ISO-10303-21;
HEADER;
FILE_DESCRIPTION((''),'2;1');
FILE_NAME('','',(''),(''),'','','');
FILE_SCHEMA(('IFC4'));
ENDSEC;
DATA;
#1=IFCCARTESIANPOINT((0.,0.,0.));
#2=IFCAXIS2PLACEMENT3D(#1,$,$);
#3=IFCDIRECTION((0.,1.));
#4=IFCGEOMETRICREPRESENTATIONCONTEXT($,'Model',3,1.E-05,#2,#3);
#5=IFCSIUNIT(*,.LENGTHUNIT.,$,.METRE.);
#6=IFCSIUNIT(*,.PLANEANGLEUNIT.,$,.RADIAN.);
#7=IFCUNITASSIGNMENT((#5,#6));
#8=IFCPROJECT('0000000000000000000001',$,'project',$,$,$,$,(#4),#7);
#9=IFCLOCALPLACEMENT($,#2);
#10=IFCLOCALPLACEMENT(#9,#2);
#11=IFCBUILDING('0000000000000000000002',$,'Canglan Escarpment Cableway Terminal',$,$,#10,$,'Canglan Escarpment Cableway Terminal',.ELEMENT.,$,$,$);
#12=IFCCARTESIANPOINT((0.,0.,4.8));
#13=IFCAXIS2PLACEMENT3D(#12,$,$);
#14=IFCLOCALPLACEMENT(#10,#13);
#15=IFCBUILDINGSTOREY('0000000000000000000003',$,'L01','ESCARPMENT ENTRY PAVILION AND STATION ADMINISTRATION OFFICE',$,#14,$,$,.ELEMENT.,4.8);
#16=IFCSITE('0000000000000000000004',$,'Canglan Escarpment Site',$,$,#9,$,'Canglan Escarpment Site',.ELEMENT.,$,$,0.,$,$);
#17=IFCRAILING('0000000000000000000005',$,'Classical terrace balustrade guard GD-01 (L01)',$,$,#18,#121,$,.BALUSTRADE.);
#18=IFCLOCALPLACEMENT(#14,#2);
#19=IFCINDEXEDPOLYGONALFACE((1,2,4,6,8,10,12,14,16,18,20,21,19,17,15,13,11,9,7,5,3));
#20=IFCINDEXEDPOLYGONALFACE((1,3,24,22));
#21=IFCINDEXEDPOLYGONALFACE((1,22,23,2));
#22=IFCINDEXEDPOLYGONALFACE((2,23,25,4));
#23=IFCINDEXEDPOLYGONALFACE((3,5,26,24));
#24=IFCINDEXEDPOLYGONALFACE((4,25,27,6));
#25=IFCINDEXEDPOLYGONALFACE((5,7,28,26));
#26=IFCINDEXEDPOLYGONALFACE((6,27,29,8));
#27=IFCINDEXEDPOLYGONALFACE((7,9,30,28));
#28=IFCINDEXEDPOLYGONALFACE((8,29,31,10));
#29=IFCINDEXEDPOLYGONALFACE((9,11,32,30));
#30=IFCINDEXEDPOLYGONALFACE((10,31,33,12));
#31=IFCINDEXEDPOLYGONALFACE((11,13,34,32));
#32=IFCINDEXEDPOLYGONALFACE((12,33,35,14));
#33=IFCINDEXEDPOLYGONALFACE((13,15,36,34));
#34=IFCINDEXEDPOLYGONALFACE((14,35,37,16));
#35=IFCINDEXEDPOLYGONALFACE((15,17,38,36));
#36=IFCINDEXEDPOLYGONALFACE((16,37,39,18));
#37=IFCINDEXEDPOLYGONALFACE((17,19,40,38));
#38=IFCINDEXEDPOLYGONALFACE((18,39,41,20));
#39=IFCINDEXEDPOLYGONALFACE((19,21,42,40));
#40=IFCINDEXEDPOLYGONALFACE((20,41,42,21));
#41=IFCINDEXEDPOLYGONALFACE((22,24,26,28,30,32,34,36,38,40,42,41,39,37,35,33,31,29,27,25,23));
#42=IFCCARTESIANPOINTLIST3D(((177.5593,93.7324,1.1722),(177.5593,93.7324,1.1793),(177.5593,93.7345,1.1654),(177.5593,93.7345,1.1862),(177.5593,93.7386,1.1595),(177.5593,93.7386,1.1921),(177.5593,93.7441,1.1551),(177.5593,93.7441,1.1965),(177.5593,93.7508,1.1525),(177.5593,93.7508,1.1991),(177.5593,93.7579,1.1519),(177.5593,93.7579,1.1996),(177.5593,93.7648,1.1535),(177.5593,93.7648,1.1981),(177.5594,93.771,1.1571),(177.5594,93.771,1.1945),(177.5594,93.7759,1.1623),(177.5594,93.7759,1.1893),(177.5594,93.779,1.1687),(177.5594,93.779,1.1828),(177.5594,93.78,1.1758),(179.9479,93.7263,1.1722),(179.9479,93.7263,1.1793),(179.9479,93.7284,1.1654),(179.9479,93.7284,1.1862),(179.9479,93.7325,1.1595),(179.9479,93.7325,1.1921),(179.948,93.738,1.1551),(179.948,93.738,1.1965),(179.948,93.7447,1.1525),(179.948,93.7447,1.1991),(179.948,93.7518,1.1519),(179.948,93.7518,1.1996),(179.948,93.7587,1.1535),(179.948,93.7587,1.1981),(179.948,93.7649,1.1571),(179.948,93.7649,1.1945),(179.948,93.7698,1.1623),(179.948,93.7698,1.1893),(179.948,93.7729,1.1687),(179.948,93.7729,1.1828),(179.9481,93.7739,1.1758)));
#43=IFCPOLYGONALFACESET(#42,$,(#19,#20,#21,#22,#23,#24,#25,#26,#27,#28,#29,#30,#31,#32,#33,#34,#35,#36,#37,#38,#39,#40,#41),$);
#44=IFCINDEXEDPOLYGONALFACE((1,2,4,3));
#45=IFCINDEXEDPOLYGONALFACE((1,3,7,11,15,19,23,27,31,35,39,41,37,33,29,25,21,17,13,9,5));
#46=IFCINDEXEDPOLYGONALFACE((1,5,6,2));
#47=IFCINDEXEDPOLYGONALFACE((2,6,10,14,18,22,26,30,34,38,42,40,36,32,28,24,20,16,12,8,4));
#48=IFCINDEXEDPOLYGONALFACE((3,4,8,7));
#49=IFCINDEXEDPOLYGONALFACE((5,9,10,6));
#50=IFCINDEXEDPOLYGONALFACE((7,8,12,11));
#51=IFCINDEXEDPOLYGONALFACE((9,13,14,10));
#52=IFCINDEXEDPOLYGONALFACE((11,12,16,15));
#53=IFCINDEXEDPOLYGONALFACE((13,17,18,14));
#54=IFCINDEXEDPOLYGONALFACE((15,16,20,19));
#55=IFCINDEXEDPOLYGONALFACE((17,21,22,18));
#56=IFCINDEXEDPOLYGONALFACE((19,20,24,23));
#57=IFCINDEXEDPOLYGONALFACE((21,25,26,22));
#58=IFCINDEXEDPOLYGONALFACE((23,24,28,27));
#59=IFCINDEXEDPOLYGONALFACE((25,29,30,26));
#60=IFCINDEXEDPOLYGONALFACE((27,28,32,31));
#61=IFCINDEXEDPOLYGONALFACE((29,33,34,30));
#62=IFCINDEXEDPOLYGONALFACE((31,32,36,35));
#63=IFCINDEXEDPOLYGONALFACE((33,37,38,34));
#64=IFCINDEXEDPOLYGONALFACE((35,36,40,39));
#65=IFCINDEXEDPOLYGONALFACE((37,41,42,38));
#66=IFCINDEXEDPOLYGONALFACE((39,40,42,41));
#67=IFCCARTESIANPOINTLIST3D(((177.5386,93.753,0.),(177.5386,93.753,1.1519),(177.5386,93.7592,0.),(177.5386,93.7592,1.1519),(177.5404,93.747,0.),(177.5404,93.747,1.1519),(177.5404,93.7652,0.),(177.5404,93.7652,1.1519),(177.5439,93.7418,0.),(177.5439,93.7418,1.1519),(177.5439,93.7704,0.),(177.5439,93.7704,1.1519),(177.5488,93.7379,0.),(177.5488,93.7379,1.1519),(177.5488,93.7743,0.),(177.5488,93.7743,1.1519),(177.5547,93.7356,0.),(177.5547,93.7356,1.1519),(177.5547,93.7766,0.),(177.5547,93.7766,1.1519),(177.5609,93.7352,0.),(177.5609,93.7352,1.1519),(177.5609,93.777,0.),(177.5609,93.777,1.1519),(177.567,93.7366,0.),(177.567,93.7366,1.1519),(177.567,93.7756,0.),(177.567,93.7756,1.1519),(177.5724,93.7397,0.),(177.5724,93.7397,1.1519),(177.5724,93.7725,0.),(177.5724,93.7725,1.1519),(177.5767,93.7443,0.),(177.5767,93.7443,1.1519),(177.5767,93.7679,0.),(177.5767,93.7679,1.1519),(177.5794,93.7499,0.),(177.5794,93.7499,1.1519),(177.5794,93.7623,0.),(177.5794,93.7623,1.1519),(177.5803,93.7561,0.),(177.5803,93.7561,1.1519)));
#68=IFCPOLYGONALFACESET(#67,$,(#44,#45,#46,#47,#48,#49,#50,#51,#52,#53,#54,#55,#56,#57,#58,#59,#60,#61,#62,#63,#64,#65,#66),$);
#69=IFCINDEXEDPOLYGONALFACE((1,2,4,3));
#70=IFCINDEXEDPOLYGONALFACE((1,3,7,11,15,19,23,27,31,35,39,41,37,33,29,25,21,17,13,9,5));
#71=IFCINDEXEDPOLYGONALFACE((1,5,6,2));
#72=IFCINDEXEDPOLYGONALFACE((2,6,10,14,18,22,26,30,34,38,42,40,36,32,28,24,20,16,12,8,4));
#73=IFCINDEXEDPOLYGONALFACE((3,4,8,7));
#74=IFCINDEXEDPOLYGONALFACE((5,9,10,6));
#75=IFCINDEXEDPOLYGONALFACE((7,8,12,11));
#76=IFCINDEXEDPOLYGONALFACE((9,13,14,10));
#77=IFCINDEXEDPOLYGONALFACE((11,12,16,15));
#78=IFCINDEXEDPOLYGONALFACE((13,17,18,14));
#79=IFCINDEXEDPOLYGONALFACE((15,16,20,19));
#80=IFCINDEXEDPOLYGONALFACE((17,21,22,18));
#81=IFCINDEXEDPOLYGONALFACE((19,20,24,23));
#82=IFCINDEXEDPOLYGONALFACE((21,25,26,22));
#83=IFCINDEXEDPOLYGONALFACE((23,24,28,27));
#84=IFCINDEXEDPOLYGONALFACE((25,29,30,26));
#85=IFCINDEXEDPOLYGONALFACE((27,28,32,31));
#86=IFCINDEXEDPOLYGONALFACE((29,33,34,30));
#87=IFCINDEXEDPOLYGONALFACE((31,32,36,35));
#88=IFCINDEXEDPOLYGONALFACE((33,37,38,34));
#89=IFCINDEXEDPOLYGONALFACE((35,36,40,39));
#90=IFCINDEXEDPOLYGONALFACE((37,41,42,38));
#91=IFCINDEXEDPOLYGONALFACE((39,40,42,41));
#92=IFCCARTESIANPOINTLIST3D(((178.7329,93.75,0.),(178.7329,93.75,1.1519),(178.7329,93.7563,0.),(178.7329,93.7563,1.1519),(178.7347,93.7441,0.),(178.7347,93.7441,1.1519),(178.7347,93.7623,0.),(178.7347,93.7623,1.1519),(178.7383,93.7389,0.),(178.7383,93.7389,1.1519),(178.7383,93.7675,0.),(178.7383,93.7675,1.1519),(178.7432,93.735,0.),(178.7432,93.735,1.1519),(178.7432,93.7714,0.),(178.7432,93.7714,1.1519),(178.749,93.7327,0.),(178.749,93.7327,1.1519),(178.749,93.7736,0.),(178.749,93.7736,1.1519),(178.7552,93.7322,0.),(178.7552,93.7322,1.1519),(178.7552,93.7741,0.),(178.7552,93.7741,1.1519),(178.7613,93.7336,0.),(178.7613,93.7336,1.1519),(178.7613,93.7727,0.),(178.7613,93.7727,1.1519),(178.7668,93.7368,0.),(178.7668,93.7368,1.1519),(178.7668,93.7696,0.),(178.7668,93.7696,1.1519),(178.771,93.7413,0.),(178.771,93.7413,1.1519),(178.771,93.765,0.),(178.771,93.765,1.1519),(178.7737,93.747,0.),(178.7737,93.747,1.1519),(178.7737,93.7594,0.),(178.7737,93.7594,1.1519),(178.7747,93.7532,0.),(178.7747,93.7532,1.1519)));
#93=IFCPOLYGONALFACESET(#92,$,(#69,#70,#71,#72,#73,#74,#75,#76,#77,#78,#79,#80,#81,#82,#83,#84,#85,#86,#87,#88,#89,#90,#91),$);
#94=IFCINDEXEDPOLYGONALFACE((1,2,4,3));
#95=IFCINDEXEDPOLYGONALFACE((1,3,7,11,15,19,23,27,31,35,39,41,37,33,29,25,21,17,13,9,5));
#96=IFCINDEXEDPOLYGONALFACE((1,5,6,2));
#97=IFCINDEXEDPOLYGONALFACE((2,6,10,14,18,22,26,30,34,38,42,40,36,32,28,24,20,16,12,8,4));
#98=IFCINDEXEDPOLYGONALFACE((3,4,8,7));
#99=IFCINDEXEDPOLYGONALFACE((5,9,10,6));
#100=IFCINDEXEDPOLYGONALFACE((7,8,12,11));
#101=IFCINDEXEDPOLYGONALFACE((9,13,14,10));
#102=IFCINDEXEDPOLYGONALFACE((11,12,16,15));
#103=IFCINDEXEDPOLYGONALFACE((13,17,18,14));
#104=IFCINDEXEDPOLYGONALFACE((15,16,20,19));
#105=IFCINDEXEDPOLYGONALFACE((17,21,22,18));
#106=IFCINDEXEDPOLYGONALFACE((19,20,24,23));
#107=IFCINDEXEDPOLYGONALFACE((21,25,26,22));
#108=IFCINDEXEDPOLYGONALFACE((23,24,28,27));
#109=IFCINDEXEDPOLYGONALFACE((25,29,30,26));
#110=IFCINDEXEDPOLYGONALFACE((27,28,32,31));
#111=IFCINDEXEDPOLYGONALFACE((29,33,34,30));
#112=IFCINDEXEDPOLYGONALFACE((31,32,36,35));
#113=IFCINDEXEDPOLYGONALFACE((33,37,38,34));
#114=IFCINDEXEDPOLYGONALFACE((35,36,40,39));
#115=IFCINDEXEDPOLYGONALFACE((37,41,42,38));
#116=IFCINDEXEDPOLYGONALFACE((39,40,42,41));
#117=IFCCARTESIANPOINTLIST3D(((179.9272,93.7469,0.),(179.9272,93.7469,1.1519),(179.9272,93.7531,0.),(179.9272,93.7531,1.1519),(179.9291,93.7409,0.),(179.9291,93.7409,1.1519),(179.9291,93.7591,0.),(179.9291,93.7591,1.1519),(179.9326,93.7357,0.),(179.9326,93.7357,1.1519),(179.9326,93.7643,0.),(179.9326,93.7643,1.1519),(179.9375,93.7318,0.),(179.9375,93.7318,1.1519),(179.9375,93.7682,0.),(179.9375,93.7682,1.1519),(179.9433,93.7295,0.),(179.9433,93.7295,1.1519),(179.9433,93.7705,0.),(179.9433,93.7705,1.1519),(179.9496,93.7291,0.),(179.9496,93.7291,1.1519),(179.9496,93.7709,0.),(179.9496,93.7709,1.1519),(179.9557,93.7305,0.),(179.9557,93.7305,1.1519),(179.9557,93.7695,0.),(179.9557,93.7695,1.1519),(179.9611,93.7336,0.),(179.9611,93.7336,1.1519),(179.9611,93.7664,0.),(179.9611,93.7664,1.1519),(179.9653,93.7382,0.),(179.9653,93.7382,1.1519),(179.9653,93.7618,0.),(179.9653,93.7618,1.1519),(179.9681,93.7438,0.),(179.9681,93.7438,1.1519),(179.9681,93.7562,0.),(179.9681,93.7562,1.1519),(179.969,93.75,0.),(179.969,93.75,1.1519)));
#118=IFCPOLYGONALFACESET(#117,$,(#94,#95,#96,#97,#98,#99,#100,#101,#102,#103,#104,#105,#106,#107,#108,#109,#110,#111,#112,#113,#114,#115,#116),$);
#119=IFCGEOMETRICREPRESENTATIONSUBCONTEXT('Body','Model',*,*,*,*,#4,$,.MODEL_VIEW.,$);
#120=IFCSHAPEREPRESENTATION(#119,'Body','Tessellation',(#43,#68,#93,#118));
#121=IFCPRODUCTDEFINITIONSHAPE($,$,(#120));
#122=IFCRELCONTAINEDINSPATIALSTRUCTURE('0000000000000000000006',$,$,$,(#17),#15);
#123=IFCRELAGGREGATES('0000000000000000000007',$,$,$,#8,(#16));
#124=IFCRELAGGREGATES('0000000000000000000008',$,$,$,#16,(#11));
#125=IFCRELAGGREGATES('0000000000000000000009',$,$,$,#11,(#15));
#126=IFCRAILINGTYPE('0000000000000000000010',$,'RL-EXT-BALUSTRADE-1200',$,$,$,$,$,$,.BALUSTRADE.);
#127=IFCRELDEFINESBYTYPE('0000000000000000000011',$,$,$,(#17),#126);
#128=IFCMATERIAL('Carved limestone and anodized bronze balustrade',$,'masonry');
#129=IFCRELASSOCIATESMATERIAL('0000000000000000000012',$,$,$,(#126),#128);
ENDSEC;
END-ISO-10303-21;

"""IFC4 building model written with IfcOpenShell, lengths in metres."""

from ifc_helpers import new_model, si_unit, direction, frame, origin, origin_2d, place, context, subcontext, project, spatial, circle, extrude, material, type_object, element, save


model = new_model("IFC4")

# Units and contexts
model_context = context("Model", 3, precision=1e-05, world=origin(), true_north=direction((0.0, 1.0)))
body_context = subcontext(model_context, "Body", "Model", "MODEL_VIEW")
ifc_project = project(units=[si_unit("LENGTHUNIT", "METRE"), si_unit("PLANEANGLEUNIT", "RADIAN")], contexts=[model_context])

# Site, building, storey
site_placement = place(None, origin())
site = spatial("IfcSite", under=ifc_project, at=site_placement, Name="Canglan Escarpment Site", LongName="Canglan Escarpment Site", CompositionType="ELEMENT", RefElevation=0.0)
building_placement = place(site_placement, origin())
building = spatial("IfcBuilding", under=site, at=building_placement, Name="Canglan Escarpment Cableway Terminal", LongName="Canglan Escarpment Cableway Terminal", CompositionType="ELEMENT")
storey_placement = place(building_placement, frame((0.0, 0.0, 4.8)))
storey = spatial("IfcBuildingStorey", under=building, at=storey_placement, Name="L01", Description="ESCARPMENT ENTRY PAVILION AND STATION ADMINISTRATION OFFICE", CompositionType="ELEMENT", Elevation=4.8)

# Railing
ifc_material_1 = material(Name="Carved limestone and anodized bronze balustrade", Category="masonry")
railing_type = type_object("IfcRailingType", Name="RL-EXT-BALUSTRADE-1200", PredefinedType="BALUSTRADE", material=ifc_material_1)
railing_1_placement = place(storey_placement, frame((177.5593, 93.7561, 0.0)))
element("IfcRailing", 1, at=railing_1_placement, inside=storey, type_object=railing_type, Name="Classical terrace balustrade guard GD-01 (L01)", PredefinedType="BALUSTRADE", context=body_context, shape_type="SweptSolid", body=[
    extrude(circle(Radius=0.0239, at=origin_2d()), frame((0.0, 0.0, 1.1758), z_axis=(0.999997, -0.002555, 0.0), x_axis=(0.002555, 0.999997, 0.0)), (0.0, 0.0, 1.0), 2.3887),
    extrude(circle(Radius=0.021, at=origin_2d()), origin(), (0.0, 0.0, 1.0), 1.1519),
    extrude(circle(Radius=0.021, at=origin_2d()), frame((1.1943, -0.0029, 0.0)), (0.0, 0.0, 1.0), 1.1519),
    extrude(circle(Radius=0.021, at=origin_2d()), frame((2.3887, -0.0061, 0.0)), (0.0, 0.0, 1.0), 1.1519),
])

save(model, "model.ifc")
